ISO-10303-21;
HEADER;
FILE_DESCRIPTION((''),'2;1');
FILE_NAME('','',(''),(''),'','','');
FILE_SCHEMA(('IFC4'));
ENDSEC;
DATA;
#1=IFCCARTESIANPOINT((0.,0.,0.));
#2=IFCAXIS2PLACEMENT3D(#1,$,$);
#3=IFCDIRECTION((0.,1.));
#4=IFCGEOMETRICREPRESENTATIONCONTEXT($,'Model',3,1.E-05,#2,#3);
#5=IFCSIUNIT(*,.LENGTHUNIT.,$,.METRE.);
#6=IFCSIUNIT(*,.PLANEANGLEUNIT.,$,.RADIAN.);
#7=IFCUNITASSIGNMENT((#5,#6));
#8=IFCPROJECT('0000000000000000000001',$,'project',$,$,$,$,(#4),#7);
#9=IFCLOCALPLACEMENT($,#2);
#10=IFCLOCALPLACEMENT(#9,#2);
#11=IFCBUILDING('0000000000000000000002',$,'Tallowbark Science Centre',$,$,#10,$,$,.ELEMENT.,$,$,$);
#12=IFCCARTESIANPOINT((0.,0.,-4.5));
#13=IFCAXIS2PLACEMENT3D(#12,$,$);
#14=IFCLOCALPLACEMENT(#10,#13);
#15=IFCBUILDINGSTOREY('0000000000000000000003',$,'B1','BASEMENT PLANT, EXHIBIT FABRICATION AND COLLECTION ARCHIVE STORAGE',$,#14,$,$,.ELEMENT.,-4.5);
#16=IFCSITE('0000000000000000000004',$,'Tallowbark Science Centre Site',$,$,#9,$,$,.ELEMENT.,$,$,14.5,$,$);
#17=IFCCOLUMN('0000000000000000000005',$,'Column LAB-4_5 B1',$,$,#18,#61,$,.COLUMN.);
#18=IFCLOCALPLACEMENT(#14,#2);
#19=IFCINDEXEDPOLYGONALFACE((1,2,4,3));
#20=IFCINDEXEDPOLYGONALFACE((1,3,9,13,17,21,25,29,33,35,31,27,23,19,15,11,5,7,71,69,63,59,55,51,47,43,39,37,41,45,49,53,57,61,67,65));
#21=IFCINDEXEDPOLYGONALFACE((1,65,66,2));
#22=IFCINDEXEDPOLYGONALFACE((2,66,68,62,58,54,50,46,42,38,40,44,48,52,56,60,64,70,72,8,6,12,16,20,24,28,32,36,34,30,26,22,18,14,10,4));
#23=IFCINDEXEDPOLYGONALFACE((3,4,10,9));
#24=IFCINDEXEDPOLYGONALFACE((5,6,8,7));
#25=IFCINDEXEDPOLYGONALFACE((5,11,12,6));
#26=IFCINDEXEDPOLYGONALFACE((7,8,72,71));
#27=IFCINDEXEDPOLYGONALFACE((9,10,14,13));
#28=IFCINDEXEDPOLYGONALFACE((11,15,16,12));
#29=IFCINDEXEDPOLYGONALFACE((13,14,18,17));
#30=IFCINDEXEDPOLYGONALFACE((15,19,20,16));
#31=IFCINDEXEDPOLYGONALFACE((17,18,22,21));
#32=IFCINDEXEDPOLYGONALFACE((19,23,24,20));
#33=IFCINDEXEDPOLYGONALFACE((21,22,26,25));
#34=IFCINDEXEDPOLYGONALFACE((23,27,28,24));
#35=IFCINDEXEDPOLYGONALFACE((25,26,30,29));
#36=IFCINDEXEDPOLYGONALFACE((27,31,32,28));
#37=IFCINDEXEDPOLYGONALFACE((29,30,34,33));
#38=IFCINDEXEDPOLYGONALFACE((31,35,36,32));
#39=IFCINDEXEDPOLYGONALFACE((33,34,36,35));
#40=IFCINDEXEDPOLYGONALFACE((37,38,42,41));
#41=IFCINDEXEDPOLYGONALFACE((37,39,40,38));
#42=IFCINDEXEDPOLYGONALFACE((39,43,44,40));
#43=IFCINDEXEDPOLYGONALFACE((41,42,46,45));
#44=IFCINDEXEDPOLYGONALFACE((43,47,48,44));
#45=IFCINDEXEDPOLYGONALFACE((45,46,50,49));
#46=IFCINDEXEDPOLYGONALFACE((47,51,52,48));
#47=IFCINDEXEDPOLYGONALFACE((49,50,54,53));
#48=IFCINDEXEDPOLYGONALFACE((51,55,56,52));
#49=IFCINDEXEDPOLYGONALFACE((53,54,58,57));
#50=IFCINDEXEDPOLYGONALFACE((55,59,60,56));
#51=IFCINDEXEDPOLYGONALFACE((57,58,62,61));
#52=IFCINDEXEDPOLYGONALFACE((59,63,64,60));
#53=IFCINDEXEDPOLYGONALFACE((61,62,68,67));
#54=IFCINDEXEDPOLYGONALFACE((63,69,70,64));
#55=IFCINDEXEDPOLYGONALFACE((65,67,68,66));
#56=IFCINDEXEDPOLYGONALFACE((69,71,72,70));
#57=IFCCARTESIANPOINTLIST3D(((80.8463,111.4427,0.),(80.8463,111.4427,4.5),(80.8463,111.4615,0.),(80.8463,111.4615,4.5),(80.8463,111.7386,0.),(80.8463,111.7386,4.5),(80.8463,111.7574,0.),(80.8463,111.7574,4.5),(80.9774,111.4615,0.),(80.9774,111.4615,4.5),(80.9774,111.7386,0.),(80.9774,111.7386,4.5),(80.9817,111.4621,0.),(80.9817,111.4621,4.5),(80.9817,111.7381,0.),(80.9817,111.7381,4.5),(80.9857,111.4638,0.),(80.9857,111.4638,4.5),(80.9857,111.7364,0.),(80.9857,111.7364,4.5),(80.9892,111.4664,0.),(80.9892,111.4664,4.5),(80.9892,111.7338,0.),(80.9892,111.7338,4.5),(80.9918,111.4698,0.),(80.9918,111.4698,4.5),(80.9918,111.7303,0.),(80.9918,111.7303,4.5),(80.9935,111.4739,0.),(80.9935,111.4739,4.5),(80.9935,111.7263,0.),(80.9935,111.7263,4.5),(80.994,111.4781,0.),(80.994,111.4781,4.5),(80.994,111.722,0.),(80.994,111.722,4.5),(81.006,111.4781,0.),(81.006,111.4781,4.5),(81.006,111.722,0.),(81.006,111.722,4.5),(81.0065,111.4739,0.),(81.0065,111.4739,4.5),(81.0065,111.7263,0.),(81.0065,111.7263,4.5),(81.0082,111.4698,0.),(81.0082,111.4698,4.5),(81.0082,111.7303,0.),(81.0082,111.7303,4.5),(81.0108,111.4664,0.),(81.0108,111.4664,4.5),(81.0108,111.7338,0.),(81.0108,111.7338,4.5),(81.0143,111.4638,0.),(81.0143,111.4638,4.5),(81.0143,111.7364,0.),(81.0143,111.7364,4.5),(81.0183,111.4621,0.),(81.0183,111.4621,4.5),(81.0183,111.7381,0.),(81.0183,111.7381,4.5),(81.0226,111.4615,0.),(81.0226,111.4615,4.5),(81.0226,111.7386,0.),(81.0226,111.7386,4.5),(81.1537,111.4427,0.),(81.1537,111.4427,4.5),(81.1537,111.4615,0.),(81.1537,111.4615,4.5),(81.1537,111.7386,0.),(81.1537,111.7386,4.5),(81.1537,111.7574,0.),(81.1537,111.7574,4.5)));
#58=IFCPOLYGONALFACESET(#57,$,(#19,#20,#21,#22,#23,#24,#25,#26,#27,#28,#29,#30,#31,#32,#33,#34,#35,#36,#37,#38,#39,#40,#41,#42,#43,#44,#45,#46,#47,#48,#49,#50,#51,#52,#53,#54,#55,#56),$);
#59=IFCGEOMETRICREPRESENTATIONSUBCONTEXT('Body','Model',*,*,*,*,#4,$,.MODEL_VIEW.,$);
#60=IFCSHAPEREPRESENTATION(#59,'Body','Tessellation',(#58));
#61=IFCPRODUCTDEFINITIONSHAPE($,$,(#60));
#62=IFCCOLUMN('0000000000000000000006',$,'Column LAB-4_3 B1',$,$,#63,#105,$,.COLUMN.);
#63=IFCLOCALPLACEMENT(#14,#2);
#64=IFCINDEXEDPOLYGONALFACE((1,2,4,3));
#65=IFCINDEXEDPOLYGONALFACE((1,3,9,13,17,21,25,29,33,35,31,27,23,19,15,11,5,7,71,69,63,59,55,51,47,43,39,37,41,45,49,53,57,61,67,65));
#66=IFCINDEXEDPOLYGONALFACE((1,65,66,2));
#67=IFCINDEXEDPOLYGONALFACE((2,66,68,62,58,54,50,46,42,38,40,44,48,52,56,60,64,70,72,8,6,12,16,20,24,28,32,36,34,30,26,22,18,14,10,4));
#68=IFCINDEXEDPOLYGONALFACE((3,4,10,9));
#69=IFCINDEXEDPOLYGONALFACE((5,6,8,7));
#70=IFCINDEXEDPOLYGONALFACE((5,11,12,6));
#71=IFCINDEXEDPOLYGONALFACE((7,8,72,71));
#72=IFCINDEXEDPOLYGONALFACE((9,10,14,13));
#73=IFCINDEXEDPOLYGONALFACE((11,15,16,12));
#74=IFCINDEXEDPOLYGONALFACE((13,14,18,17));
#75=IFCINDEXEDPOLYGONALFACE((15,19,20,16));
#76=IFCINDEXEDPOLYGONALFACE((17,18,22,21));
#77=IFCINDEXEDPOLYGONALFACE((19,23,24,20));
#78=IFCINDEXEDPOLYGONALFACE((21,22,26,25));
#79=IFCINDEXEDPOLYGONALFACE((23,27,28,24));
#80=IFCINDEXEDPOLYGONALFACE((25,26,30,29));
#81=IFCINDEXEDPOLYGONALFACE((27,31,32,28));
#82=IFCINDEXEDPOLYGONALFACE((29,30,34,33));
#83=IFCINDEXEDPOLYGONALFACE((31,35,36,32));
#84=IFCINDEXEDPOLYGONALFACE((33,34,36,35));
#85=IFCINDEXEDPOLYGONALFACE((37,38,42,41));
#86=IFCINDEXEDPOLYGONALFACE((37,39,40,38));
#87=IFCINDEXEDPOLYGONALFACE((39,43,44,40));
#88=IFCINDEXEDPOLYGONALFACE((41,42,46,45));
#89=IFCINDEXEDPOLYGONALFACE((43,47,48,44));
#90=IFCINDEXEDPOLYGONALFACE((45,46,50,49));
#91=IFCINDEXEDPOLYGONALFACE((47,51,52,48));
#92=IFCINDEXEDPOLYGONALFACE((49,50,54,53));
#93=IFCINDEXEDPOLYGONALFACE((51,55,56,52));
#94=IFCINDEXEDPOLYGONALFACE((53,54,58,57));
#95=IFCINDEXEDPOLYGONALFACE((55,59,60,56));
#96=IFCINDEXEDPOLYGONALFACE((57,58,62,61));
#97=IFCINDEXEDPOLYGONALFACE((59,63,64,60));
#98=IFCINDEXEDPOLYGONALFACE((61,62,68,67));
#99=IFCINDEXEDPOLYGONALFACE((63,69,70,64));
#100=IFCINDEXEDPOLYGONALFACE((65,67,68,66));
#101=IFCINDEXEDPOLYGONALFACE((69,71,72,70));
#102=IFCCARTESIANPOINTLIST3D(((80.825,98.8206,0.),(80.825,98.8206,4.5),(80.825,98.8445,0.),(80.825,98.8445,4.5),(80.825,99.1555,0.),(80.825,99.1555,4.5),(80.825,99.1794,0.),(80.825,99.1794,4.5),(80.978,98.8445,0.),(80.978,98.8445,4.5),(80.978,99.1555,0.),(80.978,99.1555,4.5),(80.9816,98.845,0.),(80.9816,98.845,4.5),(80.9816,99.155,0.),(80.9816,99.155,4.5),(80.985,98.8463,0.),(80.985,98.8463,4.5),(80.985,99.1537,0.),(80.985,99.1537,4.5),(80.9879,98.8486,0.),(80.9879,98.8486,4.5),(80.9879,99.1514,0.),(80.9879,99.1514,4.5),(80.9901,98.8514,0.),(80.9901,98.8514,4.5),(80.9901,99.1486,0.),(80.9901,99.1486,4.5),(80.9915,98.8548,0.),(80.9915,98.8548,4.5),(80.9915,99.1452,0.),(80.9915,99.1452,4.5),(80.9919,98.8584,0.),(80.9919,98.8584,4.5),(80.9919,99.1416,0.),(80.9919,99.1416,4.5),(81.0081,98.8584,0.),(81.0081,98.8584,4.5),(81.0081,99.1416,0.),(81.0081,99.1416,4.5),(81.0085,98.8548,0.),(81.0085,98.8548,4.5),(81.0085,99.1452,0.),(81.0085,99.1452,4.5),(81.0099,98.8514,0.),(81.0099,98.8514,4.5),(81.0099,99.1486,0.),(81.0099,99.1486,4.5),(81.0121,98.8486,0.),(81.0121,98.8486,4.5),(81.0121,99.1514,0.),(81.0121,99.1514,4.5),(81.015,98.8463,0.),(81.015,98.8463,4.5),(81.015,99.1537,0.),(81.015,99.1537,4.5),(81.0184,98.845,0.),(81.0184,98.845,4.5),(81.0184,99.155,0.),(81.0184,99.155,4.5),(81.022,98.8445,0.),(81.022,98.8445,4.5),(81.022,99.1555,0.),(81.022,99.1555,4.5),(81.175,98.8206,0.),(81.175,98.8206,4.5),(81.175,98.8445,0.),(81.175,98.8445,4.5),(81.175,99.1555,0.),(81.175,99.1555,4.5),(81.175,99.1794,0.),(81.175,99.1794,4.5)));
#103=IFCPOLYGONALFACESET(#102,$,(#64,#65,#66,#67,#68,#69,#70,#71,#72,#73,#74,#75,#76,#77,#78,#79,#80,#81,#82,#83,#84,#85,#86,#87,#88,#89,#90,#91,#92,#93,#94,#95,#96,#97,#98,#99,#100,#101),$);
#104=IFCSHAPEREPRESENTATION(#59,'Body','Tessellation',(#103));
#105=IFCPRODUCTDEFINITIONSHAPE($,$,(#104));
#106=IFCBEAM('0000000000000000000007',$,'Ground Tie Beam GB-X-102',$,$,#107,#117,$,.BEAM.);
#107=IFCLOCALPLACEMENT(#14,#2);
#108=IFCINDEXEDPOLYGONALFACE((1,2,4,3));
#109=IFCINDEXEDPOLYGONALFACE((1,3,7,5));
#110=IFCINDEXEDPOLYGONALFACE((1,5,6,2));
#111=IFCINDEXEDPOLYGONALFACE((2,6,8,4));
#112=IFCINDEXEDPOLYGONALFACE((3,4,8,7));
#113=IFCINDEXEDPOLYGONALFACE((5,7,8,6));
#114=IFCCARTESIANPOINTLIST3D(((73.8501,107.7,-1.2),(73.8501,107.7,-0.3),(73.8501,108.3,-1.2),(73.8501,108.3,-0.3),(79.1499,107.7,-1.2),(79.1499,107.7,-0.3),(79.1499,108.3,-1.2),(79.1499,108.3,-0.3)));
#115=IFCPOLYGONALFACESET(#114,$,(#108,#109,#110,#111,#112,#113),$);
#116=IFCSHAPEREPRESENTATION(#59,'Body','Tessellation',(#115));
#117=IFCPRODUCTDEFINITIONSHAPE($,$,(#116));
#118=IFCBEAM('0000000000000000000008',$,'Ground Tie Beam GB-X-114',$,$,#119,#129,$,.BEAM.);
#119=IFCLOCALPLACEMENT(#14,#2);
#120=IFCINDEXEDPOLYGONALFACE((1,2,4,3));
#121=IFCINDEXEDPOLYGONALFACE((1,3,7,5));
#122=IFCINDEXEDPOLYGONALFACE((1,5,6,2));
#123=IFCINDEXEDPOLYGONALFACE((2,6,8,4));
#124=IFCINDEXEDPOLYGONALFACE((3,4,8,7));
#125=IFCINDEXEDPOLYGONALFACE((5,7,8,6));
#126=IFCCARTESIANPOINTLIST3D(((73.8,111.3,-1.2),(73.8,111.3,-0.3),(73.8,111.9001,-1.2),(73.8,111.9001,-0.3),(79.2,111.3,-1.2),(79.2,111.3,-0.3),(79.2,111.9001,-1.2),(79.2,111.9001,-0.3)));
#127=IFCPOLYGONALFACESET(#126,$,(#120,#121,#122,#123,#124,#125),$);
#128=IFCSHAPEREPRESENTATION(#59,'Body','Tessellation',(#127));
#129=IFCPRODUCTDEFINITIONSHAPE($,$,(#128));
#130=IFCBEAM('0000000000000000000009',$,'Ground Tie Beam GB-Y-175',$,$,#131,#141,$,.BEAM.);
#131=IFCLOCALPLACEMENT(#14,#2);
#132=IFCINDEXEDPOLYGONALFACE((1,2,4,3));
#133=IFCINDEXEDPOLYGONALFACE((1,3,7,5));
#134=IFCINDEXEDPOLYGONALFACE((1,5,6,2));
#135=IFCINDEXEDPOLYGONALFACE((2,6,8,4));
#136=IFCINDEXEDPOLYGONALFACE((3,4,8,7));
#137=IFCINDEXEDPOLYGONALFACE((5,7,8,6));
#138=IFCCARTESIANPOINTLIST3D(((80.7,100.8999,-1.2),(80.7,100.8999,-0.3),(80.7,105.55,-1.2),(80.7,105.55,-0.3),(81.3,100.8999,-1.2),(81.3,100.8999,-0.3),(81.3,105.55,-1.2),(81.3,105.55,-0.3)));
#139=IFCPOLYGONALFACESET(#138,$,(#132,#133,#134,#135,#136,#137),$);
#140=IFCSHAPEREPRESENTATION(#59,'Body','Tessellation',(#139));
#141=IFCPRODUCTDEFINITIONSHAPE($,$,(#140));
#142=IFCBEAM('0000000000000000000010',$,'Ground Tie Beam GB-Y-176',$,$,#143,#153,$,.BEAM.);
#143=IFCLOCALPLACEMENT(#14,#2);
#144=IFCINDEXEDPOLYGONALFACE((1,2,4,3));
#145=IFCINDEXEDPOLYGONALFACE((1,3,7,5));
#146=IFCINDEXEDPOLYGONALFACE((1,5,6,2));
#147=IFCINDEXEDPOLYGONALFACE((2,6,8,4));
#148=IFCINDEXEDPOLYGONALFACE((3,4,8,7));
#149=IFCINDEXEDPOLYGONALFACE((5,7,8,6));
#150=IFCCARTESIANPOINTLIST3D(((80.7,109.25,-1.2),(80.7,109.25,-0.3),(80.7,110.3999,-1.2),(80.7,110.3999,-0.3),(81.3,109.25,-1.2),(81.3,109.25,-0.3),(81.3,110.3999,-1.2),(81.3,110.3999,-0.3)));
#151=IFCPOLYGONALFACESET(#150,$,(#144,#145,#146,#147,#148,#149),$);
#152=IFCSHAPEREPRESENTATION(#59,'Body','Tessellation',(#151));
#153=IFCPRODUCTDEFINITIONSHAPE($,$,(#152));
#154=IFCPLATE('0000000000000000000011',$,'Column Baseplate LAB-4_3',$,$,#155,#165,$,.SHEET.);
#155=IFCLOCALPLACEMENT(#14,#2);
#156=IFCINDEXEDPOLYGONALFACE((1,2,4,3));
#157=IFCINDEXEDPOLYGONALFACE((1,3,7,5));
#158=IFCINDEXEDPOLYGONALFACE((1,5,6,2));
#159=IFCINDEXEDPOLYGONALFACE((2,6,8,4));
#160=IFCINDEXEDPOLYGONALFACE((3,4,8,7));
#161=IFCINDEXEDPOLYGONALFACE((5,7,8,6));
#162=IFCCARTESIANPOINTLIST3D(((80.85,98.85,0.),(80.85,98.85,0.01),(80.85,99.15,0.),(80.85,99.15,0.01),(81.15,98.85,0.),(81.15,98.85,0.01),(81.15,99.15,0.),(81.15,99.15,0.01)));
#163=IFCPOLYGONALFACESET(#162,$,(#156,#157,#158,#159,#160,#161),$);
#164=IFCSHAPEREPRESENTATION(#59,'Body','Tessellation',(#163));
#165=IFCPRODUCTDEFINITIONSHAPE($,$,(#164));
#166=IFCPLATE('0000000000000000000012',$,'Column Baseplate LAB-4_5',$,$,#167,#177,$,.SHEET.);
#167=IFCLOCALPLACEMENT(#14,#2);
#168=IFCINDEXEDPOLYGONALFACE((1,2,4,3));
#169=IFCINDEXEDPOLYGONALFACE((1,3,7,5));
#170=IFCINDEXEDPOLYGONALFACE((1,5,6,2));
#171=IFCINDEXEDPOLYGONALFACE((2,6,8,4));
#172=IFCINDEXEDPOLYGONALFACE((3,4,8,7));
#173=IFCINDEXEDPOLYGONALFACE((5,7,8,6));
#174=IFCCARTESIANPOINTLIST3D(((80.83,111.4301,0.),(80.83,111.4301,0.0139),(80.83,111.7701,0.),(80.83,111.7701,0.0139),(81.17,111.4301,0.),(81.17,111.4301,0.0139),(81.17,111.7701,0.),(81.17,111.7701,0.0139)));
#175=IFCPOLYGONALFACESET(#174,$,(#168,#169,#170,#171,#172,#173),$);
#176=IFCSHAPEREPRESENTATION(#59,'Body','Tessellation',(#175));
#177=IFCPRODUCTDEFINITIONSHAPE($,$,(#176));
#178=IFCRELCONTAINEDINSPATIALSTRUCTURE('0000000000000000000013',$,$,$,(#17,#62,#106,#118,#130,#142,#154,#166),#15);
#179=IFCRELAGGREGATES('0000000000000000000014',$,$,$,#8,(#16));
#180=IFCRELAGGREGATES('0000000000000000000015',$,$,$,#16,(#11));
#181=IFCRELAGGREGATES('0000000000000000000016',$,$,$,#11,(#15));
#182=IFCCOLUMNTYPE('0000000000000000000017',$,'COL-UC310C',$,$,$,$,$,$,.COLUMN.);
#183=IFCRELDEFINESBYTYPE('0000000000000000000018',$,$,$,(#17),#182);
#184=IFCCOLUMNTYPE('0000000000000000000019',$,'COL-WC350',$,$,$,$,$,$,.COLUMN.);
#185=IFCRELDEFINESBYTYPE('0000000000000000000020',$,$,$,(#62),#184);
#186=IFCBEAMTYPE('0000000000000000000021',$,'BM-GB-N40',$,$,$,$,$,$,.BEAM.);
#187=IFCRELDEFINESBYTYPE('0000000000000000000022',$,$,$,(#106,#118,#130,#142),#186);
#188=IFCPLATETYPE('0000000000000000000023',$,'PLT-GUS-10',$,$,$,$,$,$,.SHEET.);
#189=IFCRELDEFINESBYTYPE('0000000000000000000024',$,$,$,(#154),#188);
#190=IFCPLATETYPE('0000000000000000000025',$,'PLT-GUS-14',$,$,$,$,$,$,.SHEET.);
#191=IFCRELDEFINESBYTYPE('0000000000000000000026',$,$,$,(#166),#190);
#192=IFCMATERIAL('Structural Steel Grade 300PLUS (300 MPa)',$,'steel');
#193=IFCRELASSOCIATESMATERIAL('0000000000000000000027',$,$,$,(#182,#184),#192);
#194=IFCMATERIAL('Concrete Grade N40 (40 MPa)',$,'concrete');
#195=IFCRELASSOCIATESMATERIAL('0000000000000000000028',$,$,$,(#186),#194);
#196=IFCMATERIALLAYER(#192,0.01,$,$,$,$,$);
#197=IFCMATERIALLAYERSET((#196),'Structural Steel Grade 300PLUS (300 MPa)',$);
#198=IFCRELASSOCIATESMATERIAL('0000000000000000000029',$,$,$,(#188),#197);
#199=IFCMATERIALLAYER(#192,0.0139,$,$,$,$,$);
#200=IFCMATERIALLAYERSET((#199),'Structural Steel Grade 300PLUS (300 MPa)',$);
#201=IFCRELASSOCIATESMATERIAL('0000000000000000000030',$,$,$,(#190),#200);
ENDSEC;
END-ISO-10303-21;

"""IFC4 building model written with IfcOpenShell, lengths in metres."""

from ifc_helpers import new_model, si_unit, direction, frame, origin, origin_2d, place, context, subcontext, project, spatial, rectangle, i_section, extrude, material, layer, layer_set, material_profile, profile_set, type_object, element, save


model = new_model("IFC4")

# Units and contexts
model_context = context("Model", 3, precision=1e-05, world=origin(), true_north=direction((0.0, 1.0)))
body_context = subcontext(model_context, "Body", "Model", "MODEL_VIEW")
ifc_project = project(units=[si_unit("LENGTHUNIT", "METRE"), si_unit("PLANEANGLEUNIT", "RADIAN")], contexts=[model_context])

# Site, building, storey
site_placement = place(None, origin())
site = spatial("IfcSite", under=ifc_project, at=site_placement, Name="Tallowbark Science Centre Site", CompositionType="ELEMENT", RefElevation=14.5)
building_placement = place(site_placement, origin())
building = spatial("IfcBuilding", under=site, at=building_placement, Name="Tallowbark Science Centre", CompositionType="ELEMENT")
storey_placement = place(building_placement, frame((0.0, 0.0, -4.5)))
storey = spatial("IfcBuildingStorey", under=building, at=storey_placement, Name="B1", Description="BASEMENT PLANT, EXHIBIT FABRICATION AND COLLECTION ARCHIVE STORAGE", CompositionType="ELEMENT", Elevation=-4.5)

# Shared definitions
ifc_material_1 = material(Name="Concrete Grade N40 (40 MPa)", Category="concrete")

# Columns
ifc_material_2 = material(Name="Structural Steel Grade 300PLUS (300 MPa)", Category="steel")
ifc_material_profile_1 = material_profile(ifc_material_2, i_section(OverallWidth=0.3074, OverallDepth=0.3147, WebThickness=0.012, FlangeThickness=0.0188, FilletRadius=0.0166, at=origin_2d()), Name="310UC118")
ifc_profile_set_1 = profile_set([ifc_material_profile_1], Name="Structural Steel Grade 300PLUS (300 MPa)")
column_type_1 = type_object("IfcColumnType", Name="COL-UC310C", PredefinedType="COLUMN", material=ifc_profile_set_1)
for number, where, z_axis, x_axis, name in (
    (1, (81.0, 111.6001, 0.0), (0.0, 0.0, 1.0), (1.0, 0.0, 0.0), "Column LAB-4_5 B1"),
):
    element("IfcColumn", number, at=place(storey_placement, frame(where, z_axis=z_axis, x_axis=x_axis)), inside=storey, type_object=column_type_1, Name=name, PredefinedType="COLUMN", context=body_context, shape_type="SweptSolid", body=[
        extrude(i_section(OverallWidth=0.3074, OverallDepth=0.3147, WebThickness=0.012, FlangeThickness=0.0188, FilletRadius=0.0166, at=origin_2d()), origin(), (0.0, 0.0, 1.0), 4.5),
    ])
ifc_material_profile_2 = material_profile(ifc_material_2, i_section(OverallWidth=0.3501, OverallDepth=0.3589, WebThickness=0.0161, FlangeThickness=0.0239, FilletRadius=0.0139, at=origin_2d()), Name="350WC197")
ifc_profile_set_2 = profile_set([ifc_material_profile_2], Name="Structural Steel Grade 300PLUS (300 MPa)")
column_type_2 = type_object("IfcColumnType", Name="COL-WC350", PredefinedType="COLUMN", material=ifc_profile_set_2)
column_placement = place(storey_placement, frame((81.0, 99.0, 0.0), z_axis=(0.0, 0.0, 1.0), x_axis=(1.0, 0.0, 0.0)))
element("IfcColumn", 2, at=column_placement, inside=storey, type_object=column_type_2, Name="Column LAB-4_3 B1", PredefinedType="COLUMN", context=body_context, shape_type="SweptSolid", body=[
    extrude(i_section(OverallWidth=0.3501, OverallDepth=0.3589, WebThickness=0.0161, FlangeThickness=0.0239, FilletRadius=0.0139, at=origin_2d()), origin(), (0.0, 0.0, 1.0), 4.5),
])

# Beams
ifc_material_profile_3 = material_profile(ifc_material_1, rectangle(XDim=0.6001, YDim=0.8999, at=origin_2d()), Name="RC600x900")
ifc_profile_set_3 = profile_set([ifc_material_profile_3], Name="Concrete Grade N40 (40 MPa)")
beam_type = type_object("IfcBeamType", Name="BM-GB-N40", PredefinedType="BEAM", material=ifc_profile_set_3)
beam_1_placement = place(storey_placement, frame((73.8501, 108.0, -0.75), z_axis=(1.0, 0.0, 0.0), x_axis=(0.0, 1.0, 0.0)))
element("IfcBeam", 3, at=beam_1_placement, inside=storey, type_object=beam_type, Name="Ground Tie Beam GB-X-102", PredefinedType="BEAM", context=body_context, shape_type="SweptSolid", body=[
    extrude(rectangle(XDim=0.6001, YDim=0.8999, at=origin_2d()), origin(), (0.0, 0.0, 1.0), 5.2998),
])
beam_2_placement = place(storey_placement, frame((73.8, 111.6001, -0.75), z_axis=(1.0, 0.0, 0.0), x_axis=(0.0, 1.0, 0.0)))
element("IfcBeam", 4, at=beam_2_placement, inside=storey, type_object=beam_type, Name="Ground Tie Beam GB-X-114", PredefinedType="BEAM", context=body_context, shape_type="SweptSolid", body=[
    extrude(rectangle(XDim=0.6001, YDim=0.8999, at=origin_2d()), origin(), (0.0, 0.0, 1.0), 5.3999),
])
beam_3_placement = place(storey_placement, frame((81.0, 100.8999, -0.75), z_axis=(0.0, 1.0, 0.0), x_axis=(-1.0, 0.0, 0.0)))
element("IfcBeam", 5, at=beam_3_placement, inside=storey, type_object=beam_type, Name="Ground Tie Beam GB-Y-175", PredefinedType="BEAM", context=body_context, shape_type="SweptSolid", body=[
    extrude(rectangle(XDim=0.6001, YDim=0.8999, at=origin_2d()), origin(), (0.0, 0.0, 1.0), 4.6501),
])
beam_4_placement = place(storey_placement, frame((81.0, 109.25, -0.75), z_axis=(0.0, 1.0, 0.0), x_axis=(-1.0, 0.0, 0.0)))
element("IfcBeam", 6, at=beam_4_placement, inside=storey, type_object=beam_type, Name="Ground Tie Beam GB-Y-176", PredefinedType="BEAM", context=body_context, shape_type="SweptSolid", body=[
    extrude(rectangle(XDim=0.6001, YDim=0.8999, at=origin_2d()), origin(), (0.0, 0.0, 1.0), 1.1499),
])

# Plates
ifc_layer_1 = layer(ifc_material_2, 0.01)
ifc_layer_set_1 = layer_set([ifc_layer_1], Name="Structural Steel Grade 300PLUS (300 MPa)")
plate_type_1 = type_object("IfcPlateType", Name="PLT-GUS-10", PredefinedType="SHEET", material=ifc_layer_set_1)
plate_1_placement = place(storey_placement, frame((81.0, 99.0, 0.0), z_axis=(0.0, 0.0, 1.0), x_axis=(1.0, 0.0, 0.0)))
element("IfcPlate", 7, at=plate_1_placement, inside=storey, type_object=plate_type_1, Name="Column Baseplate LAB-4_3", PredefinedType="SHEET", context=body_context, shape_type="SweptSolid", body=[
    extrude(rectangle(XDim=0.3, YDim=0.3, at=origin_2d()), origin(), (0.0, 0.0, 1.0), 0.01),
])
ifc_layer_2 = layer(ifc_material_2, 0.0139)
ifc_layer_set_2 = layer_set([ifc_layer_2], Name="Structural Steel Grade 300PLUS (300 MPa)")
plate_type_2 = type_object("IfcPlateType", Name="PLT-GUS-14", PredefinedType="SHEET", material=ifc_layer_set_2)
plate_2_placement = place(storey_placement, frame((81.0, 111.6001, 0.0), z_axis=(0.0, 0.0, 1.0), x_axis=(1.0, 0.0, 0.0)))
element("IfcPlate", 8, at=plate_2_placement, inside=storey, type_object=plate_type_2, Name="Column Baseplate LAB-4_5", PredefinedType="SHEET", context=body_context, shape_type="SweptSolid", body=[
    extrude(rectangle(XDim=0.3401, YDim=0.3401, at=origin_2d()), origin(), (0.0, 0.0, 1.0), 0.0139),
])

save(model, "model.ifc")
